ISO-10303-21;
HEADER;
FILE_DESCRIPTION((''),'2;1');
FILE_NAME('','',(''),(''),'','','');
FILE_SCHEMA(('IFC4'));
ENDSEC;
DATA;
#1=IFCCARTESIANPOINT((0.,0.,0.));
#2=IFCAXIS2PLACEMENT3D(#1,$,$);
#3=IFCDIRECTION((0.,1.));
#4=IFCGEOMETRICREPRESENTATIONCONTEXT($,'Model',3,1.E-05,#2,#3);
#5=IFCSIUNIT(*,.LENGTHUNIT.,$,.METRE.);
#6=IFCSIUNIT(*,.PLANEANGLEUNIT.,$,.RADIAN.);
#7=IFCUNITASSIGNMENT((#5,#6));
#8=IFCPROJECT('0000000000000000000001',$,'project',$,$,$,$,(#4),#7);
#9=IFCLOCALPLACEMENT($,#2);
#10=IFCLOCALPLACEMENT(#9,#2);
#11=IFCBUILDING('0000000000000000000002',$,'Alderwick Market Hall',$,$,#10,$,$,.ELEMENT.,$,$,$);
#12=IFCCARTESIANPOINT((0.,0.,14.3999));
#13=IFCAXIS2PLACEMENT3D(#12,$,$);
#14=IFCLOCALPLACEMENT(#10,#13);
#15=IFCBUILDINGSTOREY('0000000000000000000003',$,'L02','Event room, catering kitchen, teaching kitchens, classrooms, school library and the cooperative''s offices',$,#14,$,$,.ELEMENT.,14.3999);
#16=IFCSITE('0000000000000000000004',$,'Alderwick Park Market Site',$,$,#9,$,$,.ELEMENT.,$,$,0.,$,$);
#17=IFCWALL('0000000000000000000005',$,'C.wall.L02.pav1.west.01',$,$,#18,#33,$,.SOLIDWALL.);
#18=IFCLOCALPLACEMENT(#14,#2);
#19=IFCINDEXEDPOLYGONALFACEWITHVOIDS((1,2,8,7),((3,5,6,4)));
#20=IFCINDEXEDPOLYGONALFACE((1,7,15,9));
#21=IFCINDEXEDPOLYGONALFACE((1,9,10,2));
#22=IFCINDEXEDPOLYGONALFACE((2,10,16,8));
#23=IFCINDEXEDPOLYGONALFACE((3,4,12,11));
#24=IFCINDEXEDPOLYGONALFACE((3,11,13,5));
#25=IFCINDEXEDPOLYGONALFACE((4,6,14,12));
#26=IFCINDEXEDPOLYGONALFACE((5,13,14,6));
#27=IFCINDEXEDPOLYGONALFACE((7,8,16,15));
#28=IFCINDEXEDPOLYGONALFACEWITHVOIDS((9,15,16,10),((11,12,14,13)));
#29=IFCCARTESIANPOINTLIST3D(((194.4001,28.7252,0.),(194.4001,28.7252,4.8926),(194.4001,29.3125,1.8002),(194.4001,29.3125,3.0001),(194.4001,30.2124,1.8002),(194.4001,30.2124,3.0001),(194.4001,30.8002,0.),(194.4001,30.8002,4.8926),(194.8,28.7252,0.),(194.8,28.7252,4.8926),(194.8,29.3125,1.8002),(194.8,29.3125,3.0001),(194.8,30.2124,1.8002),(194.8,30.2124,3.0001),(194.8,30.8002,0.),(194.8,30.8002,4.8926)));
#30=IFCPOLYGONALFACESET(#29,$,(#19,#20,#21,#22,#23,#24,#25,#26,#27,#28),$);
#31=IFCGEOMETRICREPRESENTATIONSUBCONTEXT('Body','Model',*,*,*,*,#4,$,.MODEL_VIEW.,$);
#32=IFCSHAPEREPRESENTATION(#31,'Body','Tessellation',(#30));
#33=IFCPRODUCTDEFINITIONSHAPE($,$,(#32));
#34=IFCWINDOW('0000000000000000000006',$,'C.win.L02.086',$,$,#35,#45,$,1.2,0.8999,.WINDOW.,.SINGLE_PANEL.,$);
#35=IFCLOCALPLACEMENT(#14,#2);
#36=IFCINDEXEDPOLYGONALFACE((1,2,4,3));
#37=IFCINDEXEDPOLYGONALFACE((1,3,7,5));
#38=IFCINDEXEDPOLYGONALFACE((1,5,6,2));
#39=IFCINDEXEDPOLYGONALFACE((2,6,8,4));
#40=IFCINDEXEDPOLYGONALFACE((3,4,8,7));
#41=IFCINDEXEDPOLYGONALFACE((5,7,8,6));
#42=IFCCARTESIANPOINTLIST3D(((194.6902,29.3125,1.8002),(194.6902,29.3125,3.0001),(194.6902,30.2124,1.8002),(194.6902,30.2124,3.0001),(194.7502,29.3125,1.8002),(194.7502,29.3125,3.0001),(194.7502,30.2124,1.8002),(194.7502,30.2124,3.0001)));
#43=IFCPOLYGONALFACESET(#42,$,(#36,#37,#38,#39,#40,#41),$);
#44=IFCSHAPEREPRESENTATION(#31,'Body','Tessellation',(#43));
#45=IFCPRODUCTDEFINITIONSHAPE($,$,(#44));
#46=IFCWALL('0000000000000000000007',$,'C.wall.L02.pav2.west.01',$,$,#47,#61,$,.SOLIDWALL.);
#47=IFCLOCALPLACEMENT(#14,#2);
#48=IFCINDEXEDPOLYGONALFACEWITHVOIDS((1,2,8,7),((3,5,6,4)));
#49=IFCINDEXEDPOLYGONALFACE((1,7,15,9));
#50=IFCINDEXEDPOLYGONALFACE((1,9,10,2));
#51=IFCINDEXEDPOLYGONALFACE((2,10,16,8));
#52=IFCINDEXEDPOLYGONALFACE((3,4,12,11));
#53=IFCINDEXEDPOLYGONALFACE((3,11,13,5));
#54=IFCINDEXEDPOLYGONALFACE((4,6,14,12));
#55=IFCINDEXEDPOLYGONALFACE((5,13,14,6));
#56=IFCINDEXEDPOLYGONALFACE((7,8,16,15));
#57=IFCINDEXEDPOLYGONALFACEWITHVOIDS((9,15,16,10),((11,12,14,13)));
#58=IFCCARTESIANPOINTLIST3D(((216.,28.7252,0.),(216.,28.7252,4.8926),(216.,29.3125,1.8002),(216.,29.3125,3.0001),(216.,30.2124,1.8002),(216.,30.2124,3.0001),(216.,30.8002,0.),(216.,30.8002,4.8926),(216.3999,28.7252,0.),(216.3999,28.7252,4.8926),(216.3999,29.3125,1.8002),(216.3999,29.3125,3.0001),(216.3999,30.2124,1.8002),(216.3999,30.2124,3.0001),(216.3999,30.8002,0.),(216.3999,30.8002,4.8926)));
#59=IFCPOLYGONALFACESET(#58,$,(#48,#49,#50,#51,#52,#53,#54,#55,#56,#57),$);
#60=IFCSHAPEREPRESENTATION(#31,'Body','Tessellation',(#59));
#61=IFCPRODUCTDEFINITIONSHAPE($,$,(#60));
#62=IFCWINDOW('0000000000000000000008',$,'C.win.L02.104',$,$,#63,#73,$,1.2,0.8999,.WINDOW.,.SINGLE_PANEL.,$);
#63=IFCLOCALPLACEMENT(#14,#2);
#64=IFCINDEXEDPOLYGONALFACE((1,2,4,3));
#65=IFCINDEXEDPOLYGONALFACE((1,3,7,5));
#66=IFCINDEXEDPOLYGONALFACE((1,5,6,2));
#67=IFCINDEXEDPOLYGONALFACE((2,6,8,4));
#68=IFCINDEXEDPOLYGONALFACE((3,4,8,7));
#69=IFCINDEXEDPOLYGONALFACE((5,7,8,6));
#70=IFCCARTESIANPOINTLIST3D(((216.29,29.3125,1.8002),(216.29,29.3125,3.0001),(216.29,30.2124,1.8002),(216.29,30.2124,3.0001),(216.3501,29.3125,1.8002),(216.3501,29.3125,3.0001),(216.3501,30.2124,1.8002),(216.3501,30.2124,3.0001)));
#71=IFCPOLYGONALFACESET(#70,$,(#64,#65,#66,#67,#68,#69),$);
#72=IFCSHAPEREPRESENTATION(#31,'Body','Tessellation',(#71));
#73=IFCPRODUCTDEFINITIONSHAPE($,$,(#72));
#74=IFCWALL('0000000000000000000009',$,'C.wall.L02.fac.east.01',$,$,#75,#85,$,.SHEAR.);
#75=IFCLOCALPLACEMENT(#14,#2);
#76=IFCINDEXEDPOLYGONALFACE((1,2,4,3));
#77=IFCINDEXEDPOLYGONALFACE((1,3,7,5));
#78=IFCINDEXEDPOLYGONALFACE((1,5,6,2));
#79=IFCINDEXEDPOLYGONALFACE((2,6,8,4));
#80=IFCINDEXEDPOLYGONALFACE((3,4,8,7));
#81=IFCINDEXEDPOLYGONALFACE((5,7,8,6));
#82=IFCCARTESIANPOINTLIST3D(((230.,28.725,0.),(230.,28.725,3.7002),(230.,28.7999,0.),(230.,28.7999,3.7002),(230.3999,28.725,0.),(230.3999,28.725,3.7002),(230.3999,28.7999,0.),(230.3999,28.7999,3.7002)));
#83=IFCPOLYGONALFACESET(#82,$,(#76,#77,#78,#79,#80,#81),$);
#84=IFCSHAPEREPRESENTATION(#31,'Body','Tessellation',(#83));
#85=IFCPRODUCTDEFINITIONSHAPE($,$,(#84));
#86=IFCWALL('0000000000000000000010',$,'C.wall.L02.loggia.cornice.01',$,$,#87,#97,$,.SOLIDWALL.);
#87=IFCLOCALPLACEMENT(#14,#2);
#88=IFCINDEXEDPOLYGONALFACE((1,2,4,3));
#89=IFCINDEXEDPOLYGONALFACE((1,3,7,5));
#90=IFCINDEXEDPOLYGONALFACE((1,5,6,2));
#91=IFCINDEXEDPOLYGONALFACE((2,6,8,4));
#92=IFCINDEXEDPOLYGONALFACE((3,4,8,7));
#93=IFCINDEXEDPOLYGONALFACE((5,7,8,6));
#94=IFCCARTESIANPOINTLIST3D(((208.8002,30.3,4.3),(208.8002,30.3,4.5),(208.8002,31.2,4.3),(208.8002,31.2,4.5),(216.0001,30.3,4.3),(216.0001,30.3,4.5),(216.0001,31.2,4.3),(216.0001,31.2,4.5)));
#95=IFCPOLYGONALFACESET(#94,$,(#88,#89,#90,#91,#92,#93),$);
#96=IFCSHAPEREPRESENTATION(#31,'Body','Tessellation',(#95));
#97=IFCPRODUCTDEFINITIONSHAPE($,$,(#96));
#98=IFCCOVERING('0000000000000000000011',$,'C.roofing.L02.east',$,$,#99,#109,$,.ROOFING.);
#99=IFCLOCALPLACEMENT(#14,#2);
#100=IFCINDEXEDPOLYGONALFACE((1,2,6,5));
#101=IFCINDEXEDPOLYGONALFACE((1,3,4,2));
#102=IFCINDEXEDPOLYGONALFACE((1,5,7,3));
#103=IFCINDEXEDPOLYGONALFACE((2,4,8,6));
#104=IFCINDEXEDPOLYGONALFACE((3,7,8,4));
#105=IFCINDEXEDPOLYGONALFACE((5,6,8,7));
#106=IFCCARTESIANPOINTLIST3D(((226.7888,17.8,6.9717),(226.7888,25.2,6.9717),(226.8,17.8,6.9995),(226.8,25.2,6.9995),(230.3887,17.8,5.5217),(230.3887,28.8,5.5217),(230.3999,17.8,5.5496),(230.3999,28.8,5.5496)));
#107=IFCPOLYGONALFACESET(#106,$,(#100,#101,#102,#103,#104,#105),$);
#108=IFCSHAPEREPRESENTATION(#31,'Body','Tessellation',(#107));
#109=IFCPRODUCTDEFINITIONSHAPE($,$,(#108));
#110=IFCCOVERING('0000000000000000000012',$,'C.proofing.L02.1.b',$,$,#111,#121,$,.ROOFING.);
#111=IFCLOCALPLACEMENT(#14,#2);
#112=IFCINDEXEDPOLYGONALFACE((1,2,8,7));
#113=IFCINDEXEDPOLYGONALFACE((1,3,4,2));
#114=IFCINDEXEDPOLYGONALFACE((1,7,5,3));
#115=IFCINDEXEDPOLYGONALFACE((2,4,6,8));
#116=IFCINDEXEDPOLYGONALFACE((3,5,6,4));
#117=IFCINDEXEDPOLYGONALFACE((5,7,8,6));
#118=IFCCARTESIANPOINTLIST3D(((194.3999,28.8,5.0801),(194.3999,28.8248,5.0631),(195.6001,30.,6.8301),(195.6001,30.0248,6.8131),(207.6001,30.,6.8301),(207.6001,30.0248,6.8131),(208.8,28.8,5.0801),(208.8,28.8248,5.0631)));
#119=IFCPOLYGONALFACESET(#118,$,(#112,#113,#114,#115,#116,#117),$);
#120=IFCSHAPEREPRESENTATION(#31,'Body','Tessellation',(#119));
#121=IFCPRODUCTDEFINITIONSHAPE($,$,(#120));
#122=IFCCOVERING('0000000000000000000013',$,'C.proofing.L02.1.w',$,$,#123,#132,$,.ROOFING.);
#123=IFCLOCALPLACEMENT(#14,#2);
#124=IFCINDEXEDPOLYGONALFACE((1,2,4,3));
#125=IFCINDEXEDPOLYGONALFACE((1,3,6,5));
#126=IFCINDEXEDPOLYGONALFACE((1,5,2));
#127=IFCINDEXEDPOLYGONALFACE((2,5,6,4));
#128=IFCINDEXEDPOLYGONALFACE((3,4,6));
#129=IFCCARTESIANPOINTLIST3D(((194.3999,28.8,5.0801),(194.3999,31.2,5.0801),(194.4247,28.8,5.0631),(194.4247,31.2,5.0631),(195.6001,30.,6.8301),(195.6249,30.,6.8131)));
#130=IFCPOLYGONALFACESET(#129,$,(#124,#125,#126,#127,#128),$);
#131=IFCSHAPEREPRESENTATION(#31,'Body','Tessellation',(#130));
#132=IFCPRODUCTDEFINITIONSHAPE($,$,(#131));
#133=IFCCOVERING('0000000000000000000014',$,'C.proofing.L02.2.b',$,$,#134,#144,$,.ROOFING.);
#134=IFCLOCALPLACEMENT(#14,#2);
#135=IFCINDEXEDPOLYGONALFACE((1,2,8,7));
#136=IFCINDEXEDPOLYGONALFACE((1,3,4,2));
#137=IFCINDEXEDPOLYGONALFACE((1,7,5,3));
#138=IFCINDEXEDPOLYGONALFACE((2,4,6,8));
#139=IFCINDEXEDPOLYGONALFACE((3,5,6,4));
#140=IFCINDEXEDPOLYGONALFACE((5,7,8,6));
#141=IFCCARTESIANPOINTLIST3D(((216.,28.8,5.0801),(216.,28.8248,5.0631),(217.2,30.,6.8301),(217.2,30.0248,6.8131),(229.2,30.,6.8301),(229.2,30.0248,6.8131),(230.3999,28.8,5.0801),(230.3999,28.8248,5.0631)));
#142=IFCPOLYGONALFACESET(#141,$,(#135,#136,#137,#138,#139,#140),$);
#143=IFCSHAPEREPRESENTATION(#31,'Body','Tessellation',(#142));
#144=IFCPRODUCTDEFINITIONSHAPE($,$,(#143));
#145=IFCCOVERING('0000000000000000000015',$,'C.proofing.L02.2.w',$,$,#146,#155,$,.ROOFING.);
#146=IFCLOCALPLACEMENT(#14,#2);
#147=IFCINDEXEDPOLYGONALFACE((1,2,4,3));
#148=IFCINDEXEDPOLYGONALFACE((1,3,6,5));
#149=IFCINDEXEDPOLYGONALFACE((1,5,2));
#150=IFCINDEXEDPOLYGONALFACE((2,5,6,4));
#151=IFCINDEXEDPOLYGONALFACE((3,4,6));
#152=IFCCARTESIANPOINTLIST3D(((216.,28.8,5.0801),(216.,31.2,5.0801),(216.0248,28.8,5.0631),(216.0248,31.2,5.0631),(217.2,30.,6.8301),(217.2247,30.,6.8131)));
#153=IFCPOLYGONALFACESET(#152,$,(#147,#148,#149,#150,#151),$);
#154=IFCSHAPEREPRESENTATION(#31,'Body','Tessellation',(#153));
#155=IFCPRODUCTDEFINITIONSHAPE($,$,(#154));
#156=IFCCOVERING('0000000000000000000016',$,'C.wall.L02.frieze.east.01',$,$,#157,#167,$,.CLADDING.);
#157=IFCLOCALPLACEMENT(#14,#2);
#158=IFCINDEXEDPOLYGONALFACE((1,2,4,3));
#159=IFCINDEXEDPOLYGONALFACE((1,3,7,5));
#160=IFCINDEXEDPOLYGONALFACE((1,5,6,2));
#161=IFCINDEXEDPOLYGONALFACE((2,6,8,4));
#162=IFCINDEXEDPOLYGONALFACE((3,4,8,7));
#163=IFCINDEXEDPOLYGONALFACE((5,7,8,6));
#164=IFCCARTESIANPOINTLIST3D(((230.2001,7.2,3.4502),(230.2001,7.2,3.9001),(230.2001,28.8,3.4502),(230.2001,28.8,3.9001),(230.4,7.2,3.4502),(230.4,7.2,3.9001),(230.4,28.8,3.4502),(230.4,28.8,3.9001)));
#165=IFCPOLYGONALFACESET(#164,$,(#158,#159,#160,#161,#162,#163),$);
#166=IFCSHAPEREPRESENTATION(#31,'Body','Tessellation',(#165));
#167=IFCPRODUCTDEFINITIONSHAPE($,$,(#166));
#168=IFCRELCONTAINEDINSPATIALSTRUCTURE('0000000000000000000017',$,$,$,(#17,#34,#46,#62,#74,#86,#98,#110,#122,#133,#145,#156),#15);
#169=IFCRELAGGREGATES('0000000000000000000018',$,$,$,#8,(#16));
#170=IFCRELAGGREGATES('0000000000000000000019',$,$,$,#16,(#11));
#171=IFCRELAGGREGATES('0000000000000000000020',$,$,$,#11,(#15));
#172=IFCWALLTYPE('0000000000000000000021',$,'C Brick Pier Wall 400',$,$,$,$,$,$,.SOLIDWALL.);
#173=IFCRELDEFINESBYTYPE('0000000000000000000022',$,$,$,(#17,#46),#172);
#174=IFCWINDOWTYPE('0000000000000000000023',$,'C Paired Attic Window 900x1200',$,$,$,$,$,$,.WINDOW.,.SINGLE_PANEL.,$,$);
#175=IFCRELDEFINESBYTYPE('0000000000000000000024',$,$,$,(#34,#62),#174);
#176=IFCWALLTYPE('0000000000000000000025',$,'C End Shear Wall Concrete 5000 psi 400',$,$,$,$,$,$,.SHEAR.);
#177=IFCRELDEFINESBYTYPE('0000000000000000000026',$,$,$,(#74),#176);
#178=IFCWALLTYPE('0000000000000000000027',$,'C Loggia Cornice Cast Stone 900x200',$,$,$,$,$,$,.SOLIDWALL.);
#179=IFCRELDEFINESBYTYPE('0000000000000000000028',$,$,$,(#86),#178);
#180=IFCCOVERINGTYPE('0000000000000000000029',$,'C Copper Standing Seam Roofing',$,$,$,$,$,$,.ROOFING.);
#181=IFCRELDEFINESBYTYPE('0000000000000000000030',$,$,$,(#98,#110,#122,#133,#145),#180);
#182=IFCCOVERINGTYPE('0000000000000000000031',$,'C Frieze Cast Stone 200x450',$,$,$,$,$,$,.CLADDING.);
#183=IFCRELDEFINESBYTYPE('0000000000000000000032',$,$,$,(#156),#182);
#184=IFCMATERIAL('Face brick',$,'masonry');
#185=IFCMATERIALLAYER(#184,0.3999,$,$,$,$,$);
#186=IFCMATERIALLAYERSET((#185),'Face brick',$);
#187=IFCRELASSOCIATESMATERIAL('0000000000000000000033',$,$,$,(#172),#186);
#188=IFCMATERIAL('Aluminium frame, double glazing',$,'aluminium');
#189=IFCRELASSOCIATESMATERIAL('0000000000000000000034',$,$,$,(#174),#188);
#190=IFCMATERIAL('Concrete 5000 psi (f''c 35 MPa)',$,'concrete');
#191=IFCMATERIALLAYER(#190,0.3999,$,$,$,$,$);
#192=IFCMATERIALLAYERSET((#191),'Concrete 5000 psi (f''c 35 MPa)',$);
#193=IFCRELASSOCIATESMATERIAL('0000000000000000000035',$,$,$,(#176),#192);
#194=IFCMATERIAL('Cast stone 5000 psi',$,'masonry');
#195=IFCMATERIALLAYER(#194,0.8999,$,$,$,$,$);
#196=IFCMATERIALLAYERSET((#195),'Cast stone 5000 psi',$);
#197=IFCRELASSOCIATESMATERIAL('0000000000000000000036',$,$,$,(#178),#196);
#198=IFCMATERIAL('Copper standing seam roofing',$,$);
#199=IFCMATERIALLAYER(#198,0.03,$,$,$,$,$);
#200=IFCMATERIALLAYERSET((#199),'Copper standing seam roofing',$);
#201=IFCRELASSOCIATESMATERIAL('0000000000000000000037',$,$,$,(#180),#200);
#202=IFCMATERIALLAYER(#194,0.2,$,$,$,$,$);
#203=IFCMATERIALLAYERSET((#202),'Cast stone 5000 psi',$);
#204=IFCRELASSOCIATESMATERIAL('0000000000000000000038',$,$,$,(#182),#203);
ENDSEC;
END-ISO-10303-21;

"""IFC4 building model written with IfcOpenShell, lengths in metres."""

from ifc_helpers import new_model, si_unit, direction, frame, frame_2d, origin, place, context, subcontext, project, spatial, polyline, rectangle, outline, extrude, material, layer, layer_set, type_object, element, fill, save


model = new_model("IFC4")

# Units and contexts
model_context = context("Model", 3, precision=1e-05, world=origin(), true_north=direction((0.0, 1.0)))
body_context = subcontext(model_context, "Body", "Model", "MODEL_VIEW")
ifc_project = project(units=[si_unit("LENGTHUNIT", "METRE"), si_unit("PLANEANGLEUNIT", "RADIAN")], contexts=[model_context])

# Site, building, storey
site_placement = place(None, origin())
site = spatial("IfcSite", under=ifc_project, at=site_placement, Name="Alderwick Park Market Site", CompositionType="ELEMENT", RefElevation=0.0)
building_placement = place(site_placement, origin())
building = spatial("IfcBuilding", under=site, at=building_placement, Name="Alderwick Market Hall", CompositionType="ELEMENT")
storey_placement = place(building_placement, frame((0.0, 0.0, 14.3999)))
storey = spatial("IfcBuildingStorey", under=building, at=storey_placement, Name="L02", Description="Event room, catering kitchen, teaching kitchens, classrooms, school library and the cooperative's offices", CompositionType="ELEMENT", Elevation=14.3999)

# Shared definitions
ifc_material_1 = material(Name="Concrete 5000 psi (f'c 35 MPa)", Category="concrete")

# Shared definitions
ifc_material_2 = material(Name="Face brick", Category="masonry")
ifc_layer_1 = layer(ifc_material_2, 0.3999)
ifc_layer_set_1 = layer_set([ifc_layer_1], Name="Face brick")
wall_type_1 = type_object("IfcWallType", Name="C Brick Pier Wall 400", PredefinedType="SOLIDWALL", material=ifc_layer_set_1)

# Walls, openings, windows
wall_1_placement = place(storey_placement, frame((194.6001, 28.7251, 0.0), z_axis=(0.0, 0.0, 1.0), x_axis=(0.0, 1.0, 0.0)))
wall_1 = element("IfcWall", 1, at=wall_1_placement, inside=storey, type_object=wall_type_1, Name="C.wall.L02.pav1.west.01", PredefinedType="SOLIDWALL", context=body_context, shape_type="SweptSolid", body=[
    extrude(rectangle(XDim=2.075, YDim=0.3999, at=frame_2d((1.0376, 0.0))), origin(), (0.0, 0.0, 1.0), 4.8926),
])
opening_1_placement = place(wall_1_placement, frame((0.5874, 0.0, 1.8)))
opening_1 = element("IfcOpeningElement", 2, at=opening_1_placement, cuts=wall_1, PredefinedType="OPENING", context=body_context, shape_type="SweptSolid", body=[
    extrude(rectangle(XDim=0.8999, YDim=1.2, at=frame_2d((0.45, 0.6001))), frame((0.0, 0.21, 0.0), z_axis=(0.0, -1.0, 0.0), x_axis=(1.0, 0.0, 0.0)), (0.0, 0.0, 1.0), 0.4199),
])
ifc_material_3 = material(Name="Aluminium frame, double glazing", Category="aluminium")
window_type = type_object("IfcWindowType", Name="C Paired Attic Window 900x1200", PartitioningType="SINGLE_PANEL", PredefinedType="WINDOW", material=ifc_material_3)
window_1_placement = place(opening_1_placement, origin())
window_1 = element("IfcWindow", 3, at=window_1_placement, inside=storey, type_object=window_type, Name="C.win.L02.086", OverallHeight=1.2, OverallWidth=0.8999, PartitioningType="SINGLE_PANEL", PredefinedType="WINDOW", context=body_context, shape_type="SweptSolid", body=[
    extrude(rectangle(XDim=0.8999, YDim=1.2, at=frame_2d((0.45, 0.6001))), frame((0.0, -0.0901, 0.0), z_axis=(0.0, -1.0, 0.0), x_axis=(1.0, 0.0, 0.0)), (0.0, 0.0, 1.0), 0.0601),
])
fill(opening_1, window_1)
wall_2_placement = place(storey_placement, frame((216.2, 28.7251, 0.0), z_axis=(0.0, 0.0, 1.0), x_axis=(0.0, 1.0, 0.0)))
wall_2 = element("IfcWall", 4, at=wall_2_placement, inside=storey, type_object=wall_type_1, Name="C.wall.L02.pav2.west.01", PredefinedType="SOLIDWALL", context=body_context, shape_type="SweptSolid", body=[
    extrude(rectangle(XDim=2.075, YDim=0.3999, at=frame_2d((1.0376, 0.0))), origin(), (0.0, 0.0, 1.0), 4.8926),
])
opening_2_placement = place(wall_2_placement, frame((0.5874, 0.0, 1.8)))
opening_2 = element("IfcOpeningElement", 5, at=opening_2_placement, cuts=wall_2, PredefinedType="OPENING", context=body_context, shape_type="SweptSolid", body=[
    extrude(rectangle(XDim=0.8999, YDim=1.2, at=frame_2d((0.45, 0.6001))), frame((0.0, 0.21, 0.0), z_axis=(0.0, -1.0, 0.0), x_axis=(1.0, 0.0, 0.0)), (0.0, 0.0, 1.0), 0.4199),
])
window_2_placement = place(opening_2_placement, origin())
window_2 = element("IfcWindow", 6, at=window_2_placement, inside=storey, type_object=window_type, Name="C.win.L02.104", OverallHeight=1.2, OverallWidth=0.8999, PartitioningType="SINGLE_PANEL", PredefinedType="WINDOW", context=body_context, shape_type="SweptSolid", body=[
    extrude(rectangle(XDim=0.8999, YDim=1.2, at=frame_2d((0.45, 0.6001))), frame((0.0, -0.0901, 0.0), z_axis=(0.0, -1.0, 0.0), x_axis=(1.0, 0.0, 0.0)), (0.0, 0.0, 1.0), 0.0601),
])
fill(opening_2, window_2)

# Walls
ifc_layer_2 = layer(ifc_material_1, 0.3999)
ifc_layer_set_2 = layer_set([ifc_layer_2], Name="Concrete 5000 psi (f'c 35 MPa)")
wall_type_2 = type_object("IfcWallType", Name="C End Shear Wall Concrete 5000 psi 400", PredefinedType="SHEAR", material=ifc_layer_set_2)
wall_3_placement = place(storey_placement, frame((230.2, 28.8, 0.0), z_axis=(0.0, 0.0, 1.0), x_axis=(0.0, -1.0, 0.0)))
element("IfcWall", 7, at=wall_3_placement, inside=storey, type_object=wall_type_2, Name="C.wall.L02.fac.east.01", PredefinedType="SHEAR", context=body_context, shape_type="SweptSolid", body=[
    extrude(rectangle(XDim=0.075, YDim=0.3999, at=frame_2d((0.0376, 0.0))), origin(), (0.0, 0.0, 1.0), 3.7002),
])
ifc_material_4 = material(Name="Cast stone 5000 psi", Category="masonry")
ifc_layer_3 = layer(ifc_material_4, 0.8999)
ifc_layer_set_3 = layer_set([ifc_layer_3], Name="Cast stone 5000 psi")
wall_type_3 = type_object("IfcWallType", Name="C Loggia Cornice Cast Stone 900x200", PredefinedType="SOLIDWALL", material=ifc_layer_set_3)
wall_4_placement = place(storey_placement, frame((208.8, 30.75, 4.3), z_axis=(0.0, 0.0, 1.0), x_axis=(1.0, 0.0, 0.0)))
element("IfcWall", 8, at=wall_4_placement, inside=storey, type_object=wall_type_3, Name="C.wall.L02.loggia.cornice.01", PredefinedType="SOLIDWALL", context=body_context, shape_type="SweptSolid", body=[
    extrude(rectangle(XDim=7.2, YDim=0.8999, at=frame_2d((3.6001, 0.0))), origin(), (0.0, 0.0, 1.0), 0.2),
])

# Coverings
ifc_material_5 = material(Name="Copper standing seam roofing")
ifc_layer_4 = layer(ifc_material_5, 0.03)
ifc_layer_set_4 = layer_set([ifc_layer_4], Name="Copper standing seam roofing")
covering_type_1 = type_object("IfcCoveringType", Name="C Copper Standing Seam Roofing", PredefinedType="ROOFING", material=ifc_layer_set_4)
covering_1_placement = place(storey_placement, frame((230.3999, 28.8, 5.5496), z_axis=(0.373613, 0.0, 0.927585), x_axis=(0.0, -1.0, 0.0)))
element("IfcCovering", 9, at=covering_1_placement, inside=storey, type_object=covering_type_1, Name="C.roofing.L02.east", PredefinedType="ROOFING", context=body_context, shape_type="SweptSolid", body=[
    extrude(outline(polyline([(0.0, 0.0), (11.0, 0.0), (11.0, -3.8809), (3.6001, -3.8809), (0.0, 0.0)])), origin(), (0.0, 0.0, -1.0), 0.03),
])
covering_2_placement = place(storey_placement, frame((208.8, 28.8, 5.0801), z_axis=(0.0, -0.82474, 0.565513), x_axis=(-1.0, 0.0, 0.0)))
element("IfcCovering", 10, at=covering_2_placement, inside=storey, type_object=covering_type_1, Name="C.proofing.L02.1.b", PredefinedType="ROOFING", context=body_context, shape_type="SweptSolid", body=[
    extrude(outline(polyline([(0.0, 0.0), (14.4001, 0.0), (13.2, -2.1219), (1.2, -2.1219), (0.0, 0.0)])), origin(), (0.0, 0.0, -1.0), 0.03),
])
covering_3_placement = place(storey_placement, frame((194.3999, 28.8, 5.0801), z_axis=(-0.824686, 0.0, 0.565591), x_axis=(0.0, 1.0, 0.0)))
element("IfcCovering", 11, at=covering_3_placement, inside=storey, type_object=covering_type_1, Name="C.proofing.L02.1.w", PredefinedType="ROOFING", context=body_context, shape_type="SweptSolid", body=[
    extrude(outline(polyline([(0.0, 0.0), (2.3999, 0.0), (1.2, -2.122), (0.0, 0.0)])), origin(), (0.0, 0.0, -1.0), 0.03),
])
covering_4_placement = place(storey_placement, frame((230.3999, 28.8, 5.0801), z_axis=(0.0, -0.82474, 0.565513), x_axis=(-1.0, 0.0, 0.0)))
element("IfcCovering", 12, at=covering_4_placement, inside=storey, type_object=covering_type_1, Name="C.proofing.L02.2.b", PredefinedType="ROOFING", context=body_context, shape_type="SweptSolid", body=[
    extrude(outline(polyline([(0.0, 0.0), (14.3999, 0.0), (13.2, -2.1219), (1.2, -2.1219), (0.0, 0.0)])), origin(), (0.0, 0.0, -1.0), 0.03),
])
covering_5_placement = place(storey_placement, frame((216.0, 28.8, 5.0801), z_axis=(-0.82474, 0.0, 0.565513), x_axis=(0.0, 1.0, 0.0)))
element("IfcCovering", 13, at=covering_5_placement, inside=storey, type_object=covering_type_1, Name="C.proofing.L02.2.w", PredefinedType="ROOFING", context=body_context, shape_type="SweptSolid", body=[
    extrude(outline(polyline([(0.0, 0.0), (2.3999, 0.0), (1.2, -2.1219), (0.0, 0.0)])), origin(), (0.0, 0.0, -1.0), 0.03),
])
ifc_layer_5 = layer(ifc_material_4, 0.2)
ifc_layer_set_5 = layer_set([ifc_layer_5], Name="Cast stone 5000 psi")
covering_type_2 = type_object("IfcCoveringType", Name="C Frieze Cast Stone 200x450", PredefinedType="CLADDING", material=ifc_layer_set_5)
covering_6_placement = place(storey_placement, frame((230.3, 28.8, 3.4502), z_axis=(0.0, 0.0, 1.0), x_axis=(0.0, -1.0, 0.0)))
element("IfcCovering", 14, at=covering_6_placement, inside=storey, type_object=covering_type_2, Name="C.wall.L02.frieze.east.01", PredefinedType="CLADDING", context=body_context, shape_type="SweptSolid", body=[
    extrude(rectangle(XDim=21.6001, YDim=0.2, at=frame_2d((10.8, 0.0))), origin(), (0.0, 0.0, 1.0), 0.45),
])

save(model, "model.ifc")
